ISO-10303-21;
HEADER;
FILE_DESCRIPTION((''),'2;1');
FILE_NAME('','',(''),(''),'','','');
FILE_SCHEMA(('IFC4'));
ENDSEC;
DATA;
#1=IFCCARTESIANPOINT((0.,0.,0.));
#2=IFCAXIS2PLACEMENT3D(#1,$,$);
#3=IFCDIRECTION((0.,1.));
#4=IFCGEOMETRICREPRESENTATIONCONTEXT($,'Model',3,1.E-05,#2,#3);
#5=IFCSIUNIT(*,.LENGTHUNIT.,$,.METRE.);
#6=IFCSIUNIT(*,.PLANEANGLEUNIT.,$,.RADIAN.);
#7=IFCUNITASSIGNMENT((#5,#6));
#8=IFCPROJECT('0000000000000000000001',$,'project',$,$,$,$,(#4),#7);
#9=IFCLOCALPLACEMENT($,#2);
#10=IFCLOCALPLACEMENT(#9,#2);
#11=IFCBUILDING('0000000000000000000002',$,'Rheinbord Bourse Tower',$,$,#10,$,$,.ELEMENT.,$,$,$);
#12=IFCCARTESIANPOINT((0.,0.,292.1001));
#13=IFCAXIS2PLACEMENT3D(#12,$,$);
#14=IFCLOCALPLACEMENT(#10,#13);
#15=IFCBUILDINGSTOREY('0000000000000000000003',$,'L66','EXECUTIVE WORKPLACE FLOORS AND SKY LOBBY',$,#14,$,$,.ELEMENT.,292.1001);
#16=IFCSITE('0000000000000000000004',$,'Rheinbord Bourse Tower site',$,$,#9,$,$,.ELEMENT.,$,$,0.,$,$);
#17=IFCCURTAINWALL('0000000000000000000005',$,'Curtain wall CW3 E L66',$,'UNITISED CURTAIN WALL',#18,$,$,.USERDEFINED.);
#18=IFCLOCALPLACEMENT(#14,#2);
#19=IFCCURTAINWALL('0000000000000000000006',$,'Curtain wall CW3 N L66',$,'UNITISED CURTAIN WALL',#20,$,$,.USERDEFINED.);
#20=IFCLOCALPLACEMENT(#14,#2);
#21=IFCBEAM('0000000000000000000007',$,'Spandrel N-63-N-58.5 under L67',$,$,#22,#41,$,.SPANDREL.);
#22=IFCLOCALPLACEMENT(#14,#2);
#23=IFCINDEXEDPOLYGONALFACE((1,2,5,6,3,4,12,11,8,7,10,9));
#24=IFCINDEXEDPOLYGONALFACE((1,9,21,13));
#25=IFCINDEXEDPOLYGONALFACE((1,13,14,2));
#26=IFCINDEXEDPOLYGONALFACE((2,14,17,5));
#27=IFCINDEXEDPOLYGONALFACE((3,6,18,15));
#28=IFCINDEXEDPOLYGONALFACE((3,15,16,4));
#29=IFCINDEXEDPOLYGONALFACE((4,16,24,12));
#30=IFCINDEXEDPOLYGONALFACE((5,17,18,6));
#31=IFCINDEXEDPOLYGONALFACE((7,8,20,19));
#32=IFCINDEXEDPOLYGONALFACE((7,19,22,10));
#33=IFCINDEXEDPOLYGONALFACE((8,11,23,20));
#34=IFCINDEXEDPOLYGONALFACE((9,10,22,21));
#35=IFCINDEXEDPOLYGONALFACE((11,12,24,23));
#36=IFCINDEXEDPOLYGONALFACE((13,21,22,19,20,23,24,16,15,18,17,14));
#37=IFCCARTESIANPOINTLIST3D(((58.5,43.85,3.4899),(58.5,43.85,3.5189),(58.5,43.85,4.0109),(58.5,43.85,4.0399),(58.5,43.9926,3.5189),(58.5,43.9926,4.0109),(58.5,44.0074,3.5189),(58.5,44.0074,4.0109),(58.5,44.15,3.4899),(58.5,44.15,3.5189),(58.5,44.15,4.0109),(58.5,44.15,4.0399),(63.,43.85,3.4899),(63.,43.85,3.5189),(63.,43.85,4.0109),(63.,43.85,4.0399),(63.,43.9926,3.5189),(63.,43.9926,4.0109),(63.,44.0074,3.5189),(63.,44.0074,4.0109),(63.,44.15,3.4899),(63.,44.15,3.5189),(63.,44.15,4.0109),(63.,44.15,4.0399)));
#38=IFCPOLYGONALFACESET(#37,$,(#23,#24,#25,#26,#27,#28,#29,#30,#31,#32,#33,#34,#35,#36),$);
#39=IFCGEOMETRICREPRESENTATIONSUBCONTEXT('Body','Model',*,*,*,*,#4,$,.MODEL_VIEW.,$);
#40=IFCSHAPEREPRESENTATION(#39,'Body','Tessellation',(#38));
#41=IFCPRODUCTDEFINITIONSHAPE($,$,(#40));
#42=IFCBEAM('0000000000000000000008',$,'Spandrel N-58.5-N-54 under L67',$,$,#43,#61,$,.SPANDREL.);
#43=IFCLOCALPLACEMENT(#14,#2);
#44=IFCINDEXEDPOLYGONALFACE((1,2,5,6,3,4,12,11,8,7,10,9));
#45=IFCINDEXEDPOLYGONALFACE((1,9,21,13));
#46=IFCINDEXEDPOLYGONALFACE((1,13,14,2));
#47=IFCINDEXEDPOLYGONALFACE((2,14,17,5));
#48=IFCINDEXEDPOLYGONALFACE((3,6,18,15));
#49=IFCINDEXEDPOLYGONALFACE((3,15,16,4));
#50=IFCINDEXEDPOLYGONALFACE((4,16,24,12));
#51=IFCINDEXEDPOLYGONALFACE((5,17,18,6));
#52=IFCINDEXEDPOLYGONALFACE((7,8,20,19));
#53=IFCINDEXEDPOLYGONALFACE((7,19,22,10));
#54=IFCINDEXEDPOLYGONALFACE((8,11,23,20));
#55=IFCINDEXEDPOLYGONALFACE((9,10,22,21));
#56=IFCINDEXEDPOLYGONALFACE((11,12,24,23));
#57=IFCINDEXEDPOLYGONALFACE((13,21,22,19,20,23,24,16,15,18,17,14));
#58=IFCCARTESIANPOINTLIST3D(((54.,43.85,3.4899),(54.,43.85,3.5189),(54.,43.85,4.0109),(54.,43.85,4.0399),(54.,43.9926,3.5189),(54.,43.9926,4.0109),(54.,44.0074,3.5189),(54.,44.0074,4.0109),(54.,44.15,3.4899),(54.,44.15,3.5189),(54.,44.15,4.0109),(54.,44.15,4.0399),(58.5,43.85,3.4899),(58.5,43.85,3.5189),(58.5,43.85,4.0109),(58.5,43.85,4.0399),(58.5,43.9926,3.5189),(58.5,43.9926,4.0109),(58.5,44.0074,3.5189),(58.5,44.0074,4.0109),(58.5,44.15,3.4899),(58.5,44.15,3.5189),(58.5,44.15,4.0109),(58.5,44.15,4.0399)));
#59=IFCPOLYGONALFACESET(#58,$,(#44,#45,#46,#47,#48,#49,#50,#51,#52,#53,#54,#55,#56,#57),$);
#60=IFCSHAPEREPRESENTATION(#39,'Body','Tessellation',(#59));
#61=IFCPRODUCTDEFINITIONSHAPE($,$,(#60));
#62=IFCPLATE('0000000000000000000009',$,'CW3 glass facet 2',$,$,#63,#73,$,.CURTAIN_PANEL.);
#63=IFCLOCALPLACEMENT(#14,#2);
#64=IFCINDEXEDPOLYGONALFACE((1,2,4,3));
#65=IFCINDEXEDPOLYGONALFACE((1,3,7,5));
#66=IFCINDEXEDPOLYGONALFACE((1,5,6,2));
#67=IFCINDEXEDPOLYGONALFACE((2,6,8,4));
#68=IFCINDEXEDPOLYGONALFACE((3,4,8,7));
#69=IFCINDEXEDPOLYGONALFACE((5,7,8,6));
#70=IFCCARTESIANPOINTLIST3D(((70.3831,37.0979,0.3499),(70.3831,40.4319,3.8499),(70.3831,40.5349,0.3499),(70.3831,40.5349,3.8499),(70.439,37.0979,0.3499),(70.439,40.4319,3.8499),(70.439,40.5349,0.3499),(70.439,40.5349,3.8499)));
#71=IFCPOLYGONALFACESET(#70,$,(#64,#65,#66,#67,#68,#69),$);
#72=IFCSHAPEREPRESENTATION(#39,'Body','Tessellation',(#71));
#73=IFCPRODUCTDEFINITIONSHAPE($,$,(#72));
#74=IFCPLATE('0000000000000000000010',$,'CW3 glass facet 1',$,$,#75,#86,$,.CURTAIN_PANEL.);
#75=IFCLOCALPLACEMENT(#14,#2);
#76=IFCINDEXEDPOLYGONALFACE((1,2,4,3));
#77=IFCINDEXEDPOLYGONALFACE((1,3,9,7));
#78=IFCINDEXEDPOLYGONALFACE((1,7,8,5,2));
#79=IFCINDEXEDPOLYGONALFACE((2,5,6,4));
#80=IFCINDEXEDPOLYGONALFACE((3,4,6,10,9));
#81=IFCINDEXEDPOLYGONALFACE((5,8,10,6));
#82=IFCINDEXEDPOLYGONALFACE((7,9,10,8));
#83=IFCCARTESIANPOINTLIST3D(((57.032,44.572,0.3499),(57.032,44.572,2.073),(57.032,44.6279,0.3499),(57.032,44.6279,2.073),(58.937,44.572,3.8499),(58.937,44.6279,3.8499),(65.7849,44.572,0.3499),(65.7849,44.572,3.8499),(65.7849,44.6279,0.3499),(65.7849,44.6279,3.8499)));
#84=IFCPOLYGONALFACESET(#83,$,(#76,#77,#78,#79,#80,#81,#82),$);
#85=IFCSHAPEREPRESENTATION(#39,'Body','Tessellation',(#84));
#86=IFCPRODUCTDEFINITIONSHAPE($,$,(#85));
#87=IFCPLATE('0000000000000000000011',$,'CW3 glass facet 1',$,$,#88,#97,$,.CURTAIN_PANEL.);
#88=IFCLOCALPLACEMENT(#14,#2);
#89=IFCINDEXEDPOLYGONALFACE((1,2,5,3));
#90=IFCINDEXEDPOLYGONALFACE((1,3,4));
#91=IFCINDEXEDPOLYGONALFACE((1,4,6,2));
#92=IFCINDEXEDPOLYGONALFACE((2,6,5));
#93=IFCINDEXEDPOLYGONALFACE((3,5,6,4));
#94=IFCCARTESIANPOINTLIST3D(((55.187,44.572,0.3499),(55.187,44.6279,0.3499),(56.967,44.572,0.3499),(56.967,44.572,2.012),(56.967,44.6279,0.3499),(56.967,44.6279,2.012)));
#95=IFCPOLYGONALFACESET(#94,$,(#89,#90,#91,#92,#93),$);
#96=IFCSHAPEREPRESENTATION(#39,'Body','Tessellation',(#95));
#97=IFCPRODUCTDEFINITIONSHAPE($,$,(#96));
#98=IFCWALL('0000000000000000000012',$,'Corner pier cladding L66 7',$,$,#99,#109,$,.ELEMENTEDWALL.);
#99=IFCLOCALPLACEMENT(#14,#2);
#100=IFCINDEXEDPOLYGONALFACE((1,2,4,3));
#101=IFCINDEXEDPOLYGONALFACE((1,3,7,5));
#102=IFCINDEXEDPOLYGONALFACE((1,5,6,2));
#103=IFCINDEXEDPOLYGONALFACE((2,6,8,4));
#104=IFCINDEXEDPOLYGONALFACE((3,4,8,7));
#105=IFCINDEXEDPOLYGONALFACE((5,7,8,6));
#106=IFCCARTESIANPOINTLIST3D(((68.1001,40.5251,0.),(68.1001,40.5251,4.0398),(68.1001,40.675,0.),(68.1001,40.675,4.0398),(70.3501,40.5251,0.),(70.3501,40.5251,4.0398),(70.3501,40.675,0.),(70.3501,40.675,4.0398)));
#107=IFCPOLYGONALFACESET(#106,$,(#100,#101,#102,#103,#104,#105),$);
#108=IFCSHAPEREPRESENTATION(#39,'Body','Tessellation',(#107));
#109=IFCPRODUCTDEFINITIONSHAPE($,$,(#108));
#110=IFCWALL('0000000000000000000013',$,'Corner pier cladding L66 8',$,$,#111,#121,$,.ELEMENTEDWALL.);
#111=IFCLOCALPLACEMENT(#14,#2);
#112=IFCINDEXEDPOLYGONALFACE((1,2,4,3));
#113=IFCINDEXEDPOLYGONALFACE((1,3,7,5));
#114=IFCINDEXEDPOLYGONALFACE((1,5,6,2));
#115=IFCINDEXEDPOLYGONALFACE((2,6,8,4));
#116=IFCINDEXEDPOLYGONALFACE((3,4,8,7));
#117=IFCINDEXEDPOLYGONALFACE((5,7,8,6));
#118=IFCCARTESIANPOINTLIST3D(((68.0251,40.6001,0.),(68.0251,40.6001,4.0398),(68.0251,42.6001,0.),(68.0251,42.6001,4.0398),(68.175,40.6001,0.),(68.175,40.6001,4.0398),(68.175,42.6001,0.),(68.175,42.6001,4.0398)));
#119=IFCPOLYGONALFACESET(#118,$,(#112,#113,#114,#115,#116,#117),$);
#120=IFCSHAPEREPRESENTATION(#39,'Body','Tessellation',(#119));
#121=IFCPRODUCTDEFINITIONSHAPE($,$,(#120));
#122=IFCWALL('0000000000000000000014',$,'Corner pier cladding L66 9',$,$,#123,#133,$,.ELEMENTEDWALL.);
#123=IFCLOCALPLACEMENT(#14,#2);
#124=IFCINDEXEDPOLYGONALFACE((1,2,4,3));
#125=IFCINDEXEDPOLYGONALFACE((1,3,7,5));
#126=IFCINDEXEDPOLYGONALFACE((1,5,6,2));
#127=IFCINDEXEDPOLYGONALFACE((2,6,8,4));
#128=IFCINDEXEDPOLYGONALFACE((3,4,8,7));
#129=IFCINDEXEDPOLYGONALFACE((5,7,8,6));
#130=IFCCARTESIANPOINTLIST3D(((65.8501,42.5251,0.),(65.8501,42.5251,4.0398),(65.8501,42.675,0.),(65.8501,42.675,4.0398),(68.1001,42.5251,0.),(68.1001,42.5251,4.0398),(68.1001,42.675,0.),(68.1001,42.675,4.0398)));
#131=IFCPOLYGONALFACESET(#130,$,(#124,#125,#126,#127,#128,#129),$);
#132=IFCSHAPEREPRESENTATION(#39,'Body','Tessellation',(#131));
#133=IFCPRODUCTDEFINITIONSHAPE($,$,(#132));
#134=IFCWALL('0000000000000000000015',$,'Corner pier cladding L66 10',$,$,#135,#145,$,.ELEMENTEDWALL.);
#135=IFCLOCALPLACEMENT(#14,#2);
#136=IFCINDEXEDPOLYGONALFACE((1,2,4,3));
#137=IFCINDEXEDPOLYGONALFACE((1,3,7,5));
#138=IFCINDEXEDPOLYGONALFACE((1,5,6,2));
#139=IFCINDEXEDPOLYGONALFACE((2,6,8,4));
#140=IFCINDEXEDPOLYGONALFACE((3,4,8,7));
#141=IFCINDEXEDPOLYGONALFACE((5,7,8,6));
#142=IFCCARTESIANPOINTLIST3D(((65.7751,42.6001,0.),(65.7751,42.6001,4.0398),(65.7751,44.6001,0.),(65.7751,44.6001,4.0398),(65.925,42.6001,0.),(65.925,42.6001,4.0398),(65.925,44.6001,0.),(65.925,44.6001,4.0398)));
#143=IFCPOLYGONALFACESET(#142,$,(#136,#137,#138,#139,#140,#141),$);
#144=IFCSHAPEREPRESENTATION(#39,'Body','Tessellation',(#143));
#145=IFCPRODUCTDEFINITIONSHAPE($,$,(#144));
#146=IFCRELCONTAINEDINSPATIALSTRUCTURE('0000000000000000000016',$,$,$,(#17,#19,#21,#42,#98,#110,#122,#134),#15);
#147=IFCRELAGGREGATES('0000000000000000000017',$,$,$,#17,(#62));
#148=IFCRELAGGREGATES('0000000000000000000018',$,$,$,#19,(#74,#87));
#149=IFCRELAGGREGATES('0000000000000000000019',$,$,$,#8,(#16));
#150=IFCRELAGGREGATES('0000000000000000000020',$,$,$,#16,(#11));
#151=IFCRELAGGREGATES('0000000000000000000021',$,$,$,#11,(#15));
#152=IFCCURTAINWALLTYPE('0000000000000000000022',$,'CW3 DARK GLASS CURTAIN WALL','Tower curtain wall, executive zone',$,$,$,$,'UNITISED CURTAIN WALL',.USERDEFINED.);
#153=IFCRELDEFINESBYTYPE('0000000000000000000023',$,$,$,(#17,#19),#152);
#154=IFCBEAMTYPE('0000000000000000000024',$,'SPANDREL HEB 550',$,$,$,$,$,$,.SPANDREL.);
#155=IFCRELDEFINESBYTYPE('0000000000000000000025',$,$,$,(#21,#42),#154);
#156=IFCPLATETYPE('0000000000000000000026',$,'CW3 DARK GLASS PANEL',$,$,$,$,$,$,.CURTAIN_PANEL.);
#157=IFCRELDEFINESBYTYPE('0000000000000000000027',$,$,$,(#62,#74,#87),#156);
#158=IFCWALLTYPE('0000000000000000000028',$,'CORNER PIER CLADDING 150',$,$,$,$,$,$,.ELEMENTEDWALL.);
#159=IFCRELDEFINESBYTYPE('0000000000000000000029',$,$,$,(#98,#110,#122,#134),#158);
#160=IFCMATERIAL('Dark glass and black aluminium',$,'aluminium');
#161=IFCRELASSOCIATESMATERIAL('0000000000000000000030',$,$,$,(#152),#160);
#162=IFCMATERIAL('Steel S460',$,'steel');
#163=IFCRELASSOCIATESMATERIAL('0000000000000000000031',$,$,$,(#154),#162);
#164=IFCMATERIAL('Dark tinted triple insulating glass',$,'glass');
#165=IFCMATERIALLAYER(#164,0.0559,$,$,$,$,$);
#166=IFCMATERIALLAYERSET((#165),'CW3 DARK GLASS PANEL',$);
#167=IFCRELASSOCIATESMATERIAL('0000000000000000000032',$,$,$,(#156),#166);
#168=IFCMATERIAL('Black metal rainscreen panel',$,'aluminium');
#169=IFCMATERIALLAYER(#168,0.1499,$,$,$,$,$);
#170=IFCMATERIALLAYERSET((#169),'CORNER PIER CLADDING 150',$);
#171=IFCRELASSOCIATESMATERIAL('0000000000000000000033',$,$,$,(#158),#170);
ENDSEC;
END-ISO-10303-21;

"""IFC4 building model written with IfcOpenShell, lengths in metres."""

from ifc_helpers import new_model, si_unit, direction, frame, frame_2d, origin, origin_2d, place, context, subcontext, project, spatial, polyline, rectangle, i_section, outline, extrude, material, layer, layer_set, material_profile, profile_set, type_object, element, aggregate, save


model = new_model("IFC4")

# Units and contexts
model_context = context("Model", 3, precision=1e-05, world=origin(), true_north=direction((0.0, 1.0)))
body_context = subcontext(model_context, "Body", "Model", "MODEL_VIEW")
ifc_project = project(units=[si_unit("LENGTHUNIT", "METRE"), si_unit("PLANEANGLEUNIT", "RADIAN")], contexts=[model_context])

# Site, building, storey
site_placement = place(None, origin())
site = spatial("IfcSite", under=ifc_project, at=site_placement, Name="Rheinbord Bourse Tower site", CompositionType="ELEMENT", RefElevation=0.0)
building_placement = place(site_placement, origin())
building = spatial("IfcBuilding", under=site, at=building_placement, Name="Rheinbord Bourse Tower", CompositionType="ELEMENT")
storey_placement = place(building_placement, frame((0.0, 0.0, 292.1001)))
storey = spatial("IfcBuildingStorey", under=building, at=storey_placement, Name="L66", Description="EXECUTIVE WORKPLACE FLOORS AND SKY LOBBY", CompositionType="ELEMENT", Elevation=292.1001)

# Curtain wall
ifc_material_1 = material(Name="Dark glass and black aluminium", Category="aluminium")
curtain_wall_type = type_object("IfcCurtainWallType", Name="CW3 DARK GLASS CURTAIN WALL", Description="Tower curtain wall, executive zone", ElementType="UNITISED CURTAIN WALL", PredefinedType="USERDEFINED", material=ifc_material_1)
curtain_wall_1_placement = place(storey_placement, origin())
curtain_wall_1 = element("IfcCurtainWall", 1, at=curtain_wall_1_placement, inside=storey, type_object=curtain_wall_type, Name="Curtain wall CW3 E L66", ObjectType="UNITISED CURTAIN WALL", PredefinedType="USERDEFINED")

# Curtain wall
curtain_wall_2_placement = place(storey_placement, origin())
curtain_wall_2 = element("IfcCurtainWall", 2, at=curtain_wall_2_placement, inside=storey, type_object=curtain_wall_type, Name="Curtain wall CW3 N L66", ObjectType="UNITISED CURTAIN WALL", PredefinedType="USERDEFINED")

# Beams
ifc_material_2 = material(Name="Steel S460", Category="steel")
ifc_material_profile_1 = material_profile(ifc_material_2, i_section(OverallWidth=0.3, OverallDepth=0.55, WebThickness=0.0149, FlangeThickness=0.0291, at=origin_2d()), Name="HEB 550")
ifc_profile_set_1 = profile_set([ifc_material_profile_1], Name="Steel S460")
beam_type_1 = type_object("IfcBeamType", Name="SPANDREL HEB 550", PredefinedType="SPANDREL", material=ifc_profile_set_1)
for number, where, z_axis, x_axis, name in (
    (3, (63.0, 44.0, 3.7649), (-1.0, 0.0, 0.0), (0.0, -1.0, 0.0), "Spandrel N-63-N-58.5 under L67"),
    (4, (58.5, 44.0, 3.7649), (-1.0, 0.0, 0.0), (0.0, -1.0, 0.0), "Spandrel N-58.5-N-54 under L67"),
):
    element("IfcBeam", number, at=place(storey_placement, frame(where, z_axis=z_axis, x_axis=x_axis)), inside=storey, type_object=beam_type_1, Name=name, PredefinedType="SPANDREL", context=body_context, shape_type="SweptSolid", body=[
        extrude(i_section(OverallWidth=0.3, OverallDepth=0.55, WebThickness=0.0149, FlangeThickness=0.0291, at=origin_2d()), origin(), (0.0, 0.0, 1.0), 4.5),
    ])

# Plates
ifc_material_3 = material(Name="Dark tinted triple insulating glass", Category="glass")
ifc_layer_1 = layer(ifc_material_3, 0.0559)
ifc_layer_set_1 = layer_set([ifc_layer_1], Name="CW3 DARK GLASS PANEL")
plate_type = type_object("IfcPlateType", Name="CW3 DARK GLASS PANEL", PredefinedType="CURTAIN_PANEL", material=ifc_layer_set_1)
plate_1_placement = place(storey_placement, frame((70.439, 40.5349, 3.8499), z_axis=(-1.0, 0.0, 0.0), x_axis=(0.0, 0.0, -1.0)))
plate_1 = element("IfcPlate", 5, at=plate_1_placement, type_object=plate_type, Name="CW3 glass facet 2", PredefinedType="CURTAIN_PANEL", context=body_context, shape_type="SweptSolid", body=[
    extrude(outline(polyline([(0.0, 0.0), (3.5, 0.0), (3.5, 3.437), (0.0, 0.103), (0.0, 0.0)])), origin(), (0.0, 0.0, 1.0), 0.0559),
])
aggregate(curtain_wall_1, [plate_1])
plate_2_placement = place(storey_placement, frame((57.032, 44.6279, 0.3499), z_axis=(0.0, -1.0, 0.0), x_axis=(1.0, 0.0, 0.0)))
plate_2 = element("IfcPlate", 6, at=plate_2_placement, type_object=plate_type, Name="CW3 glass facet 1", PredefinedType="CURTAIN_PANEL", context=body_context, shape_type="SweptSolid", body=[
    extrude(outline(polyline([(0.0, 0.0), (8.7529, 0.0), (8.7529, 3.5), (1.905, 3.5), (0.0, 1.7231), (0.0, 0.0)])), origin(), (0.0, 0.0, 1.0), 0.0559),
])
plate_3_placement = place(storey_placement, frame((56.967, 44.6279, 0.3499), z_axis=(0.0, -1.0, 0.0), x_axis=(0.0, 0.0, 1.0)))
plate_3 = element("IfcPlate", 7, at=plate_3_placement, type_object=plate_type, Name="CW3 glass facet 1", PredefinedType="CURTAIN_PANEL", context=body_context, shape_type="SweptSolid", body=[
    extrude(outline(polyline([(0.0, 0.0), (1.6621, 0.0), (0.0, 1.78), (0.0, 0.0)])), origin(), (0.0, 0.0, 1.0), 0.0559),
])
aggregate(curtain_wall_2, [plate_2, plate_3])

# Walls
ifc_material_4 = material(Name="Black metal rainscreen panel", Category="aluminium")
ifc_layer_2 = layer(ifc_material_4, 0.1499)
ifc_layer_set_2 = layer_set([ifc_layer_2], Name="CORNER PIER CLADDING 150")
wall_type = type_object("IfcWallType", Name="CORNER PIER CLADDING 150", PredefinedType="ELEMENTEDWALL", material=ifc_layer_set_2)
wall_1_placement = place(storey_placement, frame((70.3501, 40.6001, 0.0), z_axis=(0.0, 0.0, 1.0), x_axis=(-1.0, 0.0, 0.0)))
element("IfcWall", 8, at=wall_1_placement, inside=storey, type_object=wall_type, Name="Corner pier cladding L66 7", PredefinedType="ELEMENTEDWALL", context=body_context, shape_type="SweptSolid", body=[
    extrude(rectangle(XDim=2.25, YDim=0.1499, at=frame_2d((1.125, 0.0))), origin(), (0.0, 0.0, 1.0), 4.0398),
])
wall_2_placement = place(storey_placement, frame((68.1001, 40.6001, 0.0), z_axis=(0.0, 0.0, 1.0), x_axis=(0.0, 1.0, 0.0)))
element("IfcWall", 9, at=wall_2_placement, inside=storey, type_object=wall_type, Name="Corner pier cladding L66 8", PredefinedType="ELEMENTEDWALL", context=body_context, shape_type="SweptSolid", body=[
    extrude(rectangle(XDim=2.0, YDim=0.1499, at=frame_2d((1.0, 0.0))), origin(), (0.0, 0.0, 1.0), 4.0398),
])
wall_3_placement = place(storey_placement, frame((68.1001, 42.6001, 0.0), z_axis=(0.0, 0.0, 1.0), x_axis=(-1.0, 0.0, 0.0)))
element("IfcWall", 10, at=wall_3_placement, inside=storey, type_object=wall_type, Name="Corner pier cladding L66 9", PredefinedType="ELEMENTEDWALL", context=body_context, shape_type="SweptSolid", body=[
    extrude(rectangle(XDim=2.25, YDim=0.1499, at=frame_2d((1.125, 0.0))), origin(), (0.0, 0.0, 1.0), 4.0398),
])
wall_4_placement = place(storey_placement, frame((65.8501, 42.6001, 0.0), z_axis=(0.0, 0.0, 1.0), x_axis=(0.0, 1.0, 0.0)))
element("IfcWall", 11, at=wall_4_placement, inside=storey, type_object=wall_type, Name="Corner pier cladding L66 10", PredefinedType="ELEMENTEDWALL", context=body_context, shape_type="SweptSolid", body=[
    extrude(rectangle(XDim=2.0, YDim=0.1499, at=frame_2d((1.0, 0.0))), origin(), (0.0, 0.0, 1.0), 4.0398),
])

save(model, "model.ifc")
